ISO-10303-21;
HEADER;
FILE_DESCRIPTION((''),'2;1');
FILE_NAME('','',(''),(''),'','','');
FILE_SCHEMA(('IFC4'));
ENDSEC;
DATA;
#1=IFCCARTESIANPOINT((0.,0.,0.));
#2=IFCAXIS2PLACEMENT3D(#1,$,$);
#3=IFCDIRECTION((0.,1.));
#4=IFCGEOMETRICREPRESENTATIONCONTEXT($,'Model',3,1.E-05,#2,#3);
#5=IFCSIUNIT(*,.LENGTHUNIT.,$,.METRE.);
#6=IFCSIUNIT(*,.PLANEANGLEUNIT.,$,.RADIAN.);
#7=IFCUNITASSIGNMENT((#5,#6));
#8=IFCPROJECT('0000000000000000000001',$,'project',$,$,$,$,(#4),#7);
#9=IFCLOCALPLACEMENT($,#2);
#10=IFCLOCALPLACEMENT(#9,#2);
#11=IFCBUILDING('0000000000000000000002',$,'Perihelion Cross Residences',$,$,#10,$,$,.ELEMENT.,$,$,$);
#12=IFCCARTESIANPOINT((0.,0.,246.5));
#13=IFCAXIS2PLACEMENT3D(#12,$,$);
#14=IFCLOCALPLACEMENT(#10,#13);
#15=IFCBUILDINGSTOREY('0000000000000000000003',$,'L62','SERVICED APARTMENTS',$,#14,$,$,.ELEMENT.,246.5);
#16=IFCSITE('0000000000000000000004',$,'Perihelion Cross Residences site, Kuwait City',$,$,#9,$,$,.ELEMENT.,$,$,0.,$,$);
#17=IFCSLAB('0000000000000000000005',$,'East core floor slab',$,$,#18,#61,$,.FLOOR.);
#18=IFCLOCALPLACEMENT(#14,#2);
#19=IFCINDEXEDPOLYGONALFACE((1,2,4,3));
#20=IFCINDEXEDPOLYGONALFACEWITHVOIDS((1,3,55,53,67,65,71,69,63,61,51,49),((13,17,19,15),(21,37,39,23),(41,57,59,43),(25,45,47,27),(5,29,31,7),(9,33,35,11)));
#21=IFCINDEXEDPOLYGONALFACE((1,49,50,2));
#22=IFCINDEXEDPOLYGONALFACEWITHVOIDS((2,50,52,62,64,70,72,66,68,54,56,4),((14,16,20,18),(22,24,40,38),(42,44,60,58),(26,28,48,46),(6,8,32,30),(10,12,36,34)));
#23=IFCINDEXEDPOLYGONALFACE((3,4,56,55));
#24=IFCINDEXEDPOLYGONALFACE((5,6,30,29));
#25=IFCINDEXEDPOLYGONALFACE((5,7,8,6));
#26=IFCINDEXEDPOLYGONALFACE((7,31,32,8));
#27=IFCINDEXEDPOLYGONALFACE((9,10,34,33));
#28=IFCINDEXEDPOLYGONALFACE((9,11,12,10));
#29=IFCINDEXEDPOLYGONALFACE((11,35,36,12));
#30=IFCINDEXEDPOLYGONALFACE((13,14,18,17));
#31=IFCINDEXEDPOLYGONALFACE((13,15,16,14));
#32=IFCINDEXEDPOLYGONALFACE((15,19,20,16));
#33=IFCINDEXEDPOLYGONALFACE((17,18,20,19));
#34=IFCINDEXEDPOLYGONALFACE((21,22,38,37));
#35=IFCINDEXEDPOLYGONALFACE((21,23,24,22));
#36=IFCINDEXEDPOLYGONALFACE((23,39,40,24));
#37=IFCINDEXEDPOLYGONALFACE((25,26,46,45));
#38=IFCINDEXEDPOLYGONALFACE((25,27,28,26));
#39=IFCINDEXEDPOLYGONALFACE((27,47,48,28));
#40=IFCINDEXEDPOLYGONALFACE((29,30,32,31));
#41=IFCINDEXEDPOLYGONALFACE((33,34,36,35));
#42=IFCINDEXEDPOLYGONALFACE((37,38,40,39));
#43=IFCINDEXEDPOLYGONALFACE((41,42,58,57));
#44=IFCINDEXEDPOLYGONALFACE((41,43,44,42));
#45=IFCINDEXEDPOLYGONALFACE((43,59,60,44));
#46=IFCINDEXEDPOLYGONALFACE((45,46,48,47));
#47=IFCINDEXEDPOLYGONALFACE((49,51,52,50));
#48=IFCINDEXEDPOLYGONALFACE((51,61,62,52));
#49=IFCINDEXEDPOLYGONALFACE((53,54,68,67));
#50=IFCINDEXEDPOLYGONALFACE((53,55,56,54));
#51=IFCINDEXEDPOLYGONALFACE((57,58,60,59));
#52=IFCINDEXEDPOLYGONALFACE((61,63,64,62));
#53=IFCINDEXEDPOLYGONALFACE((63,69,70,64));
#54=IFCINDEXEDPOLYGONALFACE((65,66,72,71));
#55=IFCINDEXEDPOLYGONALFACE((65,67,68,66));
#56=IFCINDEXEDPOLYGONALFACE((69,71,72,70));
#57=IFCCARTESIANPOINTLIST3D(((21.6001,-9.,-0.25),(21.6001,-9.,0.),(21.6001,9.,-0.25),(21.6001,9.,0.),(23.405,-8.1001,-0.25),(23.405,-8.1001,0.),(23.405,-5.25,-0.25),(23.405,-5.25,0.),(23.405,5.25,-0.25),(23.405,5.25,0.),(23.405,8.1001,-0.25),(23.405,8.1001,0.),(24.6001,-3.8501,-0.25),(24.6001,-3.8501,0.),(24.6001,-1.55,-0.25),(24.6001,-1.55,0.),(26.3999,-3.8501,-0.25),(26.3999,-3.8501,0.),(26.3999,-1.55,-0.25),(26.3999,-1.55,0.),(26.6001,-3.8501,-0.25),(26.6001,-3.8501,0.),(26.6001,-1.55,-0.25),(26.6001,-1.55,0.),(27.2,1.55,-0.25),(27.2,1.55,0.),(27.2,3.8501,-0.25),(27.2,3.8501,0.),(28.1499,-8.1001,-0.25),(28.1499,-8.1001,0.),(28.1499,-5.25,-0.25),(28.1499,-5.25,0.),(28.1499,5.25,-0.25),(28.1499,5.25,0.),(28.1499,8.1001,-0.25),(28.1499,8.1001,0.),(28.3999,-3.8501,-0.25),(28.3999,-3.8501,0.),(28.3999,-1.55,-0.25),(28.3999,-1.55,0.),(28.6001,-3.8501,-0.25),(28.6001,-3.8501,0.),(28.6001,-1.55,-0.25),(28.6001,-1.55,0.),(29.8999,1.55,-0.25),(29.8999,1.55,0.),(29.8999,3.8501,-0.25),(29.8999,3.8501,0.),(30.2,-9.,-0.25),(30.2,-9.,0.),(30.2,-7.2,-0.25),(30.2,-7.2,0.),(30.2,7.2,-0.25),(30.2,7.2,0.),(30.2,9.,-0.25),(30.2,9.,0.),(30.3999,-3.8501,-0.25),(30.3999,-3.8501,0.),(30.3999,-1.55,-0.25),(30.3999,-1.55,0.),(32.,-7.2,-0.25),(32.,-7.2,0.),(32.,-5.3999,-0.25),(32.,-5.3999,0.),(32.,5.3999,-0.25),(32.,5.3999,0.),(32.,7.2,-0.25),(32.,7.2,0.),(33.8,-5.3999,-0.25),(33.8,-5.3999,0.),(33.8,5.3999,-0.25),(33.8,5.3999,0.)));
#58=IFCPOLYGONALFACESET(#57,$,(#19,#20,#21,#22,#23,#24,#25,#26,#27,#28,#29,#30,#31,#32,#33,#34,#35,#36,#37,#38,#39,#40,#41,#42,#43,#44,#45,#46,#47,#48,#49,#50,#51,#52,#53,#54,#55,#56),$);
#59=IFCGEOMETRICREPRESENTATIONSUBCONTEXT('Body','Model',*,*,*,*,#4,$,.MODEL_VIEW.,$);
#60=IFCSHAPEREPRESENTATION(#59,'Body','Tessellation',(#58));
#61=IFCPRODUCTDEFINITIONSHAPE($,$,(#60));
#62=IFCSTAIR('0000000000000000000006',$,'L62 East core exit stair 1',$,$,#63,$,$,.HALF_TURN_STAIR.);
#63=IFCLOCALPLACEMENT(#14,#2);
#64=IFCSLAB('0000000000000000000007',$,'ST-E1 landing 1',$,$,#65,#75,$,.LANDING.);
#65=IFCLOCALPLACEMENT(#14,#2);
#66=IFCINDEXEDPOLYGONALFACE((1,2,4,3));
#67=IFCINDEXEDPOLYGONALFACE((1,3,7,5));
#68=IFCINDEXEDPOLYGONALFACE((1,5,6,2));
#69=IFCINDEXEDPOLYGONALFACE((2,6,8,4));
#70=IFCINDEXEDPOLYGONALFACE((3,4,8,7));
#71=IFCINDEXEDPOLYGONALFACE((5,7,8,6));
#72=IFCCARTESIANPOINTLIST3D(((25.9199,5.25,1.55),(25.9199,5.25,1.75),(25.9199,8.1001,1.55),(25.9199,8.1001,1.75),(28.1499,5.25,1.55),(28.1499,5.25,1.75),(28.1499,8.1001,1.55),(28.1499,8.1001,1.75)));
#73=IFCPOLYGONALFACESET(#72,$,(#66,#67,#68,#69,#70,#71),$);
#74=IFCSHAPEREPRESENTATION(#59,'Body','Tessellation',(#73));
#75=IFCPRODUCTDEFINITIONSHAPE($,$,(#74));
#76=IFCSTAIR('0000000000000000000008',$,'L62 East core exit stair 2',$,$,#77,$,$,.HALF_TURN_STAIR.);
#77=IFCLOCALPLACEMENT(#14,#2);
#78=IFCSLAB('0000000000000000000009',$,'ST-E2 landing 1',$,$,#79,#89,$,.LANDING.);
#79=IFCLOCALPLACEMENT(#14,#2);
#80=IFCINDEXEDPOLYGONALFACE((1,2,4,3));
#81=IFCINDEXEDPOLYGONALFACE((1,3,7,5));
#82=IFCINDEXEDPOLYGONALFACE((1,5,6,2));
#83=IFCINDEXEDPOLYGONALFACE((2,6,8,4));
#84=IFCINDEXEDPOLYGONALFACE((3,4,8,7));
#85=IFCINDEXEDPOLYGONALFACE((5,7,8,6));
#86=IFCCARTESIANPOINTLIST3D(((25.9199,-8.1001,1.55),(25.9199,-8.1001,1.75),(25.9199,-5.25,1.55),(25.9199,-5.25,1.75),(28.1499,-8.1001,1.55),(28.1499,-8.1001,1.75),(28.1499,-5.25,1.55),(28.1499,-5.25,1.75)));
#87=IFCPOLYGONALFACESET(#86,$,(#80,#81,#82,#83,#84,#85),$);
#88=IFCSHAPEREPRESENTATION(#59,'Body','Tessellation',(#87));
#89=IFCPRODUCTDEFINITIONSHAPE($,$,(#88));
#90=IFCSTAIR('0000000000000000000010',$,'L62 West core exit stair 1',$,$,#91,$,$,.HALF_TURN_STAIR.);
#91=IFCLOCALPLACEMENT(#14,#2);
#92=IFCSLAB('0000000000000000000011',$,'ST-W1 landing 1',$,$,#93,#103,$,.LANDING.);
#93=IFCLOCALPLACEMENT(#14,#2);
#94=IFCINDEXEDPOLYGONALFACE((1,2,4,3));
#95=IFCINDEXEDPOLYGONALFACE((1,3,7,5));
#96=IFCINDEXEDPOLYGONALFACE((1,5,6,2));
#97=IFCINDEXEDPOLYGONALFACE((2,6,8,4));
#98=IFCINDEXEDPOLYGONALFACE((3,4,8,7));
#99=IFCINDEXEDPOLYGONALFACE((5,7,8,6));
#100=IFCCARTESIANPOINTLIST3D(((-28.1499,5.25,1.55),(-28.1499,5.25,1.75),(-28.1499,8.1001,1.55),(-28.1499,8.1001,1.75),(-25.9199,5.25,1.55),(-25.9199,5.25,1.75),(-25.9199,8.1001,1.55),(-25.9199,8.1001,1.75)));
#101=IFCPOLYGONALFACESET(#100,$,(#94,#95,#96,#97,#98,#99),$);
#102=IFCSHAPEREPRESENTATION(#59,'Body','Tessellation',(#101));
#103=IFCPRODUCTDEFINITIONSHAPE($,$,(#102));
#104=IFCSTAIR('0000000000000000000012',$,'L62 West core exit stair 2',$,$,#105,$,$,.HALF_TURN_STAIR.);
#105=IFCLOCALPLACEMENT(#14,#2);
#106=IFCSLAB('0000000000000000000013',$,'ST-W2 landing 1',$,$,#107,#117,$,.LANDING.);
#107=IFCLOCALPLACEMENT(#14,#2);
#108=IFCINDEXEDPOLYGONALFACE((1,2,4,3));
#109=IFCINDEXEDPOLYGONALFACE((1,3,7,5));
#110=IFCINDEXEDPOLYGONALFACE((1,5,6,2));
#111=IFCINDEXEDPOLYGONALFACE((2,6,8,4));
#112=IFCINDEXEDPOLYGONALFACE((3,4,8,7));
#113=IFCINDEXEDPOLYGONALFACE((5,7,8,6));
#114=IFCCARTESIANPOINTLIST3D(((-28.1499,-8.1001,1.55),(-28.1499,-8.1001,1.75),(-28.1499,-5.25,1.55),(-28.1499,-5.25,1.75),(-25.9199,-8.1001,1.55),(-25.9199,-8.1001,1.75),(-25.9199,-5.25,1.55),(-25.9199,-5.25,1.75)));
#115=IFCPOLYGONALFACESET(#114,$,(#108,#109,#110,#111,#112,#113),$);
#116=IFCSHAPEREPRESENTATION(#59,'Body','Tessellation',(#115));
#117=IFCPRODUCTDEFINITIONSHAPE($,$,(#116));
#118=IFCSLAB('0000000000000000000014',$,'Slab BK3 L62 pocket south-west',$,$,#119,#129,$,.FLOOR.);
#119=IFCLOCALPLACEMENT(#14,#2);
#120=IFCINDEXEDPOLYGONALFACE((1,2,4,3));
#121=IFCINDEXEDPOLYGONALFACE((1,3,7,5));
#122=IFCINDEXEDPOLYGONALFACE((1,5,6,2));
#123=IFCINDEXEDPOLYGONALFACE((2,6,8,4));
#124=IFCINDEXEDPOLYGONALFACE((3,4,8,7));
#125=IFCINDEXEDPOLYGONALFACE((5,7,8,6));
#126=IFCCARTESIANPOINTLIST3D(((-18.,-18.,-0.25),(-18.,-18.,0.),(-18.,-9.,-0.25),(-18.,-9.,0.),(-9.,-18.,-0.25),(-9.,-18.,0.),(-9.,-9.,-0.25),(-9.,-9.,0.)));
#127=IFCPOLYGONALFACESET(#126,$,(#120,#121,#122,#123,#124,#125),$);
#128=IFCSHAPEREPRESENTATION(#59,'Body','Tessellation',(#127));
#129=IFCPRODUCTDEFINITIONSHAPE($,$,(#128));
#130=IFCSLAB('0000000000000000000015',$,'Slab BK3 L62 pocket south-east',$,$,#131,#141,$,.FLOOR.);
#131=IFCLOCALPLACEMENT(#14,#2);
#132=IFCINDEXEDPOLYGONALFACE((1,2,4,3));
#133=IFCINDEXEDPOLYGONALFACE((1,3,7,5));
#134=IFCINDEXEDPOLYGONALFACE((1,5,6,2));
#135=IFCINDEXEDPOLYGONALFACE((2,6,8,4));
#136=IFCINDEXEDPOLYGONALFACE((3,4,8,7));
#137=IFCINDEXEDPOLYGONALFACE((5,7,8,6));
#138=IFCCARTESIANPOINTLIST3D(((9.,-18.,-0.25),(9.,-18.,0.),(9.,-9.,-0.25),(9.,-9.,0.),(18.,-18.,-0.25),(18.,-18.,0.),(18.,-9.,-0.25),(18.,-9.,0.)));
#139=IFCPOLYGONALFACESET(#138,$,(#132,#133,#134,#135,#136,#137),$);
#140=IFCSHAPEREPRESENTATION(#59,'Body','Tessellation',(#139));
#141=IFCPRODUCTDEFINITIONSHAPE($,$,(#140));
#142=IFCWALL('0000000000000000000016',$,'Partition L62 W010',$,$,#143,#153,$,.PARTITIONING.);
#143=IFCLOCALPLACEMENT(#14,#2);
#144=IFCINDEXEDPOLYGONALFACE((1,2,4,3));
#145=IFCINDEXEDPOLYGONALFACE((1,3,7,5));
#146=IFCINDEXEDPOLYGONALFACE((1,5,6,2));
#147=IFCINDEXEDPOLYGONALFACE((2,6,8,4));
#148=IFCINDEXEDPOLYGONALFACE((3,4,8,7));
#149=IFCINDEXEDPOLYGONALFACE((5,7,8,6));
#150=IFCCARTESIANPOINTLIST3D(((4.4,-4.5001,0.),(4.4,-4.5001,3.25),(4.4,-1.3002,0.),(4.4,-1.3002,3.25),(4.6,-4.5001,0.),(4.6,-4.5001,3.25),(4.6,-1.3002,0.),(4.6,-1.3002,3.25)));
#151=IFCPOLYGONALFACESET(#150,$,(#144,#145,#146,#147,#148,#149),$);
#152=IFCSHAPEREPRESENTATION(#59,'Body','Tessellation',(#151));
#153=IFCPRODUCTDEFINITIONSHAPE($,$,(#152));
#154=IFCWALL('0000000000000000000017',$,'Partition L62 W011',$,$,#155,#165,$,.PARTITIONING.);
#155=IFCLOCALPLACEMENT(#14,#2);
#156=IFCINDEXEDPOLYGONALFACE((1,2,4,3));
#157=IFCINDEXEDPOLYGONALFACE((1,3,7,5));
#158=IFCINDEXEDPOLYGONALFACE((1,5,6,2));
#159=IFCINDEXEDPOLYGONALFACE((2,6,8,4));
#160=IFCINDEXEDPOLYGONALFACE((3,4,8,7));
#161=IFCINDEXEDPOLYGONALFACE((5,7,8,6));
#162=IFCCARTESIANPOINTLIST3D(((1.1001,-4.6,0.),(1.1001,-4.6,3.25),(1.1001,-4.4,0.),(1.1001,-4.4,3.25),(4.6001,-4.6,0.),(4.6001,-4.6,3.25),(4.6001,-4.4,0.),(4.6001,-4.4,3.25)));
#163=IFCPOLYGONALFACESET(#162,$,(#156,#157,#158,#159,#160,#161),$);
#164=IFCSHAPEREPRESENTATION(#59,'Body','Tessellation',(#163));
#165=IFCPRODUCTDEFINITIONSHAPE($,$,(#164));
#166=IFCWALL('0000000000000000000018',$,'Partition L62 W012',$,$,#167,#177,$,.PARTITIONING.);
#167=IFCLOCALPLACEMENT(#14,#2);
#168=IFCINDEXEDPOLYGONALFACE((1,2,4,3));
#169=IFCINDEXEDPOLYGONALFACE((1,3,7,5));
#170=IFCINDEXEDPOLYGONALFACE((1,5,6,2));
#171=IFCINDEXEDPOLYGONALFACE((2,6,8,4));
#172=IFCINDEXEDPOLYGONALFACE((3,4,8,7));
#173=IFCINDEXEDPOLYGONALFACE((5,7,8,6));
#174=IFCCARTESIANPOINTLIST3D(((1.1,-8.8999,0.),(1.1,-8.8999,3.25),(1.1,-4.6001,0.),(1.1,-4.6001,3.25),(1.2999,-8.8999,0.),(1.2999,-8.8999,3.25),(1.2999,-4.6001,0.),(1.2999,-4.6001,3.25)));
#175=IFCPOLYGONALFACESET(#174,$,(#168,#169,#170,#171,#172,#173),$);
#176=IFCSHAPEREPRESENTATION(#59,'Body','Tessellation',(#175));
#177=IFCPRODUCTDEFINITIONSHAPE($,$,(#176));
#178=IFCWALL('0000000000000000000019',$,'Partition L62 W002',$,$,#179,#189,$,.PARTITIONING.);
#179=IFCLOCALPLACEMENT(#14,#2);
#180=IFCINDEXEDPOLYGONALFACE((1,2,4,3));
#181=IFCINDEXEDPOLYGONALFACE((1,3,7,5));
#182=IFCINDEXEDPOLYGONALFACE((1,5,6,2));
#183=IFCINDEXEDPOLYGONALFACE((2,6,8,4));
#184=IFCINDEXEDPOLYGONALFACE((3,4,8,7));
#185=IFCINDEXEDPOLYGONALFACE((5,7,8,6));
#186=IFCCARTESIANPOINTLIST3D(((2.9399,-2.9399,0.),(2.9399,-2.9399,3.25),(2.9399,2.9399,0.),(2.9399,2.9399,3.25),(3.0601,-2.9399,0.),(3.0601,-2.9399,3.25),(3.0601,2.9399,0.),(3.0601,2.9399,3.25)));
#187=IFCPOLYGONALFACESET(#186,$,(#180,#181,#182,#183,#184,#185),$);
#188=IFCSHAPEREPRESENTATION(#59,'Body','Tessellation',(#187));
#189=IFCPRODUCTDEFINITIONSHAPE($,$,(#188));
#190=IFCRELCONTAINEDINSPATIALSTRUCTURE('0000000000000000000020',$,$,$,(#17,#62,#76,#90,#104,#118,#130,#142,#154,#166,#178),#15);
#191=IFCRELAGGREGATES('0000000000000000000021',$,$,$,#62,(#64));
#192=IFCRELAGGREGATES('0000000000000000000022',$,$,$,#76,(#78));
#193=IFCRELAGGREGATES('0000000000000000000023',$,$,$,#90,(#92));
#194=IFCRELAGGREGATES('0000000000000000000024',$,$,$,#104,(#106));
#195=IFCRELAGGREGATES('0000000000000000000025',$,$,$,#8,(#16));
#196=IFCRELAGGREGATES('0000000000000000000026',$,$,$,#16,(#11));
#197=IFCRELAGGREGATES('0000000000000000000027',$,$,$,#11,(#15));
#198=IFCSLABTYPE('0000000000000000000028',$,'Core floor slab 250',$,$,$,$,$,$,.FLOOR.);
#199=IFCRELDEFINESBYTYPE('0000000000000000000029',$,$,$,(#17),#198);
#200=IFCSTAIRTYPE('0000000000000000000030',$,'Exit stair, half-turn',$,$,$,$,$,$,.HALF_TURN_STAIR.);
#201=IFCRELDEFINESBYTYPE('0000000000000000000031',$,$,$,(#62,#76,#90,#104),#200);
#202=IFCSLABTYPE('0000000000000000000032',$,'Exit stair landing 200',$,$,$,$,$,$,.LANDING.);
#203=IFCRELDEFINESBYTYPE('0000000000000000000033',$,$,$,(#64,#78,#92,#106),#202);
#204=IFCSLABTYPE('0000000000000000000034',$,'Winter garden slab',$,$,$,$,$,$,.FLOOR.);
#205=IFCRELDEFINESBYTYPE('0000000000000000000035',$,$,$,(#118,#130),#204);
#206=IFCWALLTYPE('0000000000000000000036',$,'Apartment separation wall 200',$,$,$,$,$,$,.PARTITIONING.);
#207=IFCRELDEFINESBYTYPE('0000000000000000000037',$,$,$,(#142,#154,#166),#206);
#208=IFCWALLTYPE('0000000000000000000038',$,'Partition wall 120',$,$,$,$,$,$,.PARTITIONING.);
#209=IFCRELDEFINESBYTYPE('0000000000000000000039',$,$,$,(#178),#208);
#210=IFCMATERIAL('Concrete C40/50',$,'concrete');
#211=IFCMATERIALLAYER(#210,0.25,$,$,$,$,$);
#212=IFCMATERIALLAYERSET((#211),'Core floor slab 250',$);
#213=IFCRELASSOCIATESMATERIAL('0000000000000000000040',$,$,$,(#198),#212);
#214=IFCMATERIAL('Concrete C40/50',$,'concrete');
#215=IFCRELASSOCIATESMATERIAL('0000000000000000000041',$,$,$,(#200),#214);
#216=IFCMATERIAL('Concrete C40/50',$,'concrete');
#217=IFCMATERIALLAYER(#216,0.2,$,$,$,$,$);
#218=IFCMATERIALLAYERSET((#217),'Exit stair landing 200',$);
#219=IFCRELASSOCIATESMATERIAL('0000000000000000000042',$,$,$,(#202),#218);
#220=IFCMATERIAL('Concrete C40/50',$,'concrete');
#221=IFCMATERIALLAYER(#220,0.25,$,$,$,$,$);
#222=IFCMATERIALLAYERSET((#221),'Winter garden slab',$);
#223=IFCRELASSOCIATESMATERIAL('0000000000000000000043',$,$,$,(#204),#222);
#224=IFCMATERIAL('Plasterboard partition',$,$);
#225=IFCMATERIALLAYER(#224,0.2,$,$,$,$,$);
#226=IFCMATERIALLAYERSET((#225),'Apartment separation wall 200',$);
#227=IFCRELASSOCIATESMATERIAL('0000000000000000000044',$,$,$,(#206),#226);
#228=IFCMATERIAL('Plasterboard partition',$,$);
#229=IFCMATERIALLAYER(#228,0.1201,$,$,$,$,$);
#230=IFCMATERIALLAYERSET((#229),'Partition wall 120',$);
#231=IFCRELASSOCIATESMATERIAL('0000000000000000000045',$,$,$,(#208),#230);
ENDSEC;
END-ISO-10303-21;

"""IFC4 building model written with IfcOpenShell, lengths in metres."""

from ifc_helpers import new_model, si_unit, direction, frame, frame_2d, origin, place, context, subcontext, project, spatial, polyline, rectangle, outline, extrude, material, layer, layer_set, type_object, element, aggregate, save


model = new_model("IFC4")

# Units and contexts
model_context = context("Model", 3, precision=1e-05, world=origin(), true_north=direction((0.0, 1.0)))
body_context = subcontext(model_context, "Body", "Model", "MODEL_VIEW")
ifc_project = project(units=[si_unit("LENGTHUNIT", "METRE"), si_unit("PLANEANGLEUNIT", "RADIAN")], contexts=[model_context])

# Site, building, storey
site_placement = place(None, origin())
site = spatial("IfcSite", under=ifc_project, at=site_placement, Name="Perihelion Cross Residences site, Kuwait City", CompositionType="ELEMENT", RefElevation=0.0)
building_placement = place(site_placement, origin())
building = spatial("IfcBuilding", under=site, at=building_placement, Name="Perihelion Cross Residences", CompositionType="ELEMENT")
storey_placement = place(building_placement, frame((0.0, 0.0, 246.5)))
storey = spatial("IfcBuildingStorey", under=building, at=storey_placement, Name="L62", Description="SERVICED APARTMENTS", CompositionType="ELEMENT", Elevation=246.5)

# Slab
ifc_material_1 = material(Name="Concrete C40/50", Category="concrete")
ifc_layer_1 = layer(ifc_material_1, 0.25)
ifc_layer_set_1 = layer_set([ifc_layer_1], Name="Core floor slab 250")
slab_type_1 = type_object("IfcSlabType", Name="Core floor slab 250", PredefinedType="FLOOR", material=ifc_layer_set_1)
slab_1_placement = place(storey_placement, frame((0.0, 0.0, -0.25)))
element("IfcSlab", 1, at=slab_1_placement, inside=storey, type_object=slab_type_1, Name="East core floor slab", PredefinedType="FLOOR", context=body_context, shape_type="SweptSolid", body=[
    extrude(outline(polyline([(30.2, 7.2), (32.0, 7.2), (32.0, 5.3999), (33.8, 5.3999), (33.8, -5.3999), (32.0, -5.3999), (32.0, -7.2), (30.2, -7.2), (30.2, -9.0), (21.6001, -9.0), (21.6001, 9.0), (30.2, 9.0), (30.2, 7.2)]), holes=[polyline([(28.1499, -8.1001), (28.1499, -5.25), (23.405, -5.25), (23.405, -8.1001), (28.1499, -8.1001)]), polyline([(24.6001, -1.55), (24.6001, -3.8501), (26.3999, -3.8501), (26.3999, -1.55), (24.6001, -1.55)]), polyline([(26.6001, -1.55), (26.6001, -3.8501), (28.3999, -3.8501), (28.3999, -1.55), (26.6001, -1.55)]), polyline([(28.6001, -3.8501), (30.3999, -3.8501), (30.3999, -1.55), (28.6001, -1.55), (28.6001, -3.8501)]), polyline([(27.2, 3.8501), (27.2, 1.55), (29.8999, 1.55), (29.8999, 3.8501), (27.2, 3.8501)]), polyline([(23.405, 5.25), (28.1499, 5.25), (28.1499, 8.1001), (23.405, 8.1001), (23.405, 5.25)])]), origin(), (0.0, 0.0, 1.0), 0.25),
])

# Stairs, slabs
ifc_material_2 = material(Name="Concrete C40/50", Category="concrete")
stair_type = type_object("IfcStairType", Name="Exit stair, half-turn", PredefinedType="HALF_TURN_STAIR", material=ifc_material_2)
stair_1_placement = place(storey_placement, origin())
stair_1 = element("IfcStair", 2, at=stair_1_placement, inside=storey, type_object=stair_type, Name="L62 East core exit stair 1", PredefinedType="HALF_TURN_STAIR")
ifc_material_3 = material(Name="Concrete C40/50", Category="concrete")
ifc_layer_2 = layer(ifc_material_3, 0.2)
ifc_layer_set_2 = layer_set([ifc_layer_2], Name="Exit stair landing 200")
slab_type_2 = type_object("IfcSlabType", Name="Exit stair landing 200", PredefinedType="LANDING", material=ifc_layer_set_2)
slab_2_placement = place(storey_placement, frame((0.0, 0.0, 1.55)))
slab_2 = element("IfcSlab", 3, at=slab_2_placement, type_object=slab_type_2, Name="ST-E1 landing 1", PredefinedType="LANDING", context=body_context, shape_type="SweptSolid", body=[
    extrude(outline(polyline([(25.9199, 5.25), (28.1499, 5.25), (28.1499, 8.1001), (25.9199, 8.1001), (25.9199, 5.25)])), origin(), (0.0, 0.0, 1.0), 0.2),
])
aggregate(stair_1, [slab_2])
stair_2_placement = place(storey_placement, origin())
stair_2 = element("IfcStair", 4, at=stair_2_placement, inside=storey, type_object=stair_type, Name="L62 East core exit stair 2", PredefinedType="HALF_TURN_STAIR")
slab_3_placement = place(storey_placement, frame((0.0, 0.0, 1.55)))
slab_3 = element("IfcSlab", 5, at=slab_3_placement, type_object=slab_type_2, Name="ST-E2 landing 1", PredefinedType="LANDING", context=body_context, shape_type="SweptSolid", body=[
    extrude(outline(polyline([(25.9199, -8.1001), (28.1499, -8.1001), (28.1499, -5.25), (25.9199, -5.25), (25.9199, -8.1001)])), origin(), (0.0, 0.0, 1.0), 0.2),
])
aggregate(stair_2, [slab_3])
stair_3_placement = place(storey_placement, origin())
stair_3 = element("IfcStair", 6, at=stair_3_placement, inside=storey, type_object=stair_type, Name="L62 West core exit stair 1", PredefinedType="HALF_TURN_STAIR")
slab_4_placement = place(storey_placement, frame((0.0, 0.0, 1.55)))
slab_4 = element("IfcSlab", 7, at=slab_4_placement, type_object=slab_type_2, Name="ST-W1 landing 1", PredefinedType="LANDING", context=body_context, shape_type="SweptSolid", body=[
    extrude(outline(polyline([(-25.9199, 8.1001), (-28.1499, 8.1001), (-28.1499, 5.25), (-25.9199, 5.25), (-25.9199, 8.1001)])), origin(), (0.0, 0.0, 1.0), 0.2),
])
aggregate(stair_3, [slab_4])
stair_4_placement = place(storey_placement, origin())
stair_4 = element("IfcStair", 8, at=stair_4_placement, inside=storey, type_object=stair_type, Name="L62 West core exit stair 2", PredefinedType="HALF_TURN_STAIR")
slab_5_placement = place(storey_placement, frame((0.0, 0.0, 1.55)))
slab_5 = element("IfcSlab", 9, at=slab_5_placement, type_object=slab_type_2, Name="ST-W2 landing 1", PredefinedType="LANDING", context=body_context, shape_type="SweptSolid", body=[
    extrude(outline(polyline([(-25.9199, -5.25), (-28.1499, -5.25), (-28.1499, -8.1001), (-25.9199, -8.1001), (-25.9199, -5.25)])), origin(), (0.0, 0.0, 1.0), 0.2),
])
aggregate(stair_4, [slab_5])

# Slabs
ifc_material_4 = material(Name="Concrete C40/50", Category="concrete")
ifc_layer_3 = layer(ifc_material_4, 0.25)
ifc_layer_set_3 = layer_set([ifc_layer_3], Name="Winter garden slab")
slab_type_3 = type_object("IfcSlabType", Name="Winter garden slab", PredefinedType="FLOOR", material=ifc_layer_set_3)
slab_6_placement = place(storey_placement, frame((0.0, 0.0, -0.25)))
element("IfcSlab", 10, at=slab_6_placement, inside=storey, type_object=slab_type_3, Name="Slab BK3 L62 pocket south-west", PredefinedType="FLOOR", context=body_context, shape_type="SweptSolid", body=[
    extrude(outline(polyline([(-9.0, -18.0), (-9.0, -9.0), (-18.0, -9.0), (-18.0, -18.0), (-9.0, -18.0)])), origin(), (0.0, 0.0, 1.0), 0.25),
])
slab_7_placement = place(storey_placement, frame((0.0, 0.0, -0.25)))
element("IfcSlab", 11, at=slab_7_placement, inside=storey, type_object=slab_type_3, Name="Slab BK3 L62 pocket south-east", PredefinedType="FLOOR", context=body_context, shape_type="SweptSolid", body=[
    extrude(outline(polyline([(18.0, -18.0), (18.0, -9.0), (9.0, -9.0), (9.0, -18.0), (18.0, -18.0)])), origin(), (0.0, 0.0, 1.0), 0.25),
])

# Walls
ifc_material_5 = material(Name="Plasterboard partition")
ifc_layer_4 = layer(ifc_material_5, 0.2)
ifc_layer_set_4 = layer_set([ifc_layer_4], Name="Apartment separation wall 200")
wall_type_1 = type_object("IfcWallType", Name="Apartment separation wall 200", PredefinedType="PARTITIONING", material=ifc_layer_set_4)
wall_1_placement = place(storey_placement, frame((4.5, -1.3, 0.0), z_axis=(0.0, 0.0, 1.0), x_axis=(0.0, -1.0, 0.0)))
element("IfcWall", 12, at=wall_1_placement, inside=storey, type_object=wall_type_1, Name="Partition L62 W010", PredefinedType="PARTITIONING", context=body_context, shape_type="SweptSolid", body=[
    extrude(rectangle(XDim=3.2, YDim=0.2, at=frame_2d((1.6001, 0.0))), origin(), (0.0, 0.0, 1.0), 3.25),
])
wall_2_placement = place(storey_placement, frame((4.6001, -4.5, 0.0), z_axis=(0.0, 0.0, 1.0), x_axis=(-1.0, 0.0, 0.0)))
element("IfcWall", 13, at=wall_2_placement, inside=storey, type_object=wall_type_1, Name="Partition L62 W011", PredefinedType="PARTITIONING", context=body_context, shape_type="SweptSolid", body=[
    extrude(rectangle(XDim=3.5, YDim=0.2, at=frame_2d((1.75, 0.0))), origin(), (0.0, 0.0, 1.0), 3.25),
])
wall_3_placement = place(storey_placement, frame((1.2, -4.6001, 0.0), z_axis=(0.0, 0.0, 1.0), x_axis=(0.0, -1.0, 0.0)))
element("IfcWall", 14, at=wall_3_placement, inside=storey, type_object=wall_type_1, Name="Partition L62 W012", PredefinedType="PARTITIONING", context=body_context, shape_type="SweptSolid", body=[
    extrude(rectangle(XDim=4.2998, YDim=0.2, at=frame_2d((2.1499, 0.0))), origin(), (0.0, 0.0, 1.0), 3.25),
])
ifc_material_6 = material(Name="Plasterboard partition")
ifc_layer_5 = layer(ifc_material_6, 0.1201)
ifc_layer_set_5 = layer_set([ifc_layer_5], Name="Partition wall 120")
wall_type_2 = type_object("IfcWallType", Name="Partition wall 120", PredefinedType="PARTITIONING", material=ifc_layer_set_5)
wall_4_placement = place(storey_placement, frame((3.0, -2.9399, 0.0), z_axis=(0.0, 0.0, 1.0), x_axis=(0.0, 1.0, 0.0)))
element("IfcWall", 15, at=wall_4_placement, inside=storey, type_object=wall_type_2, Name="Partition L62 W002", PredefinedType="PARTITIONING", context=body_context, shape_type="SweptSolid", body=[
    extrude(rectangle(XDim=5.8799, YDim=0.1201, at=frame_2d((2.9399, 0.0))), origin(), (0.0, 0.0, 1.0), 3.25),
])

save(model, "model.ifc")
